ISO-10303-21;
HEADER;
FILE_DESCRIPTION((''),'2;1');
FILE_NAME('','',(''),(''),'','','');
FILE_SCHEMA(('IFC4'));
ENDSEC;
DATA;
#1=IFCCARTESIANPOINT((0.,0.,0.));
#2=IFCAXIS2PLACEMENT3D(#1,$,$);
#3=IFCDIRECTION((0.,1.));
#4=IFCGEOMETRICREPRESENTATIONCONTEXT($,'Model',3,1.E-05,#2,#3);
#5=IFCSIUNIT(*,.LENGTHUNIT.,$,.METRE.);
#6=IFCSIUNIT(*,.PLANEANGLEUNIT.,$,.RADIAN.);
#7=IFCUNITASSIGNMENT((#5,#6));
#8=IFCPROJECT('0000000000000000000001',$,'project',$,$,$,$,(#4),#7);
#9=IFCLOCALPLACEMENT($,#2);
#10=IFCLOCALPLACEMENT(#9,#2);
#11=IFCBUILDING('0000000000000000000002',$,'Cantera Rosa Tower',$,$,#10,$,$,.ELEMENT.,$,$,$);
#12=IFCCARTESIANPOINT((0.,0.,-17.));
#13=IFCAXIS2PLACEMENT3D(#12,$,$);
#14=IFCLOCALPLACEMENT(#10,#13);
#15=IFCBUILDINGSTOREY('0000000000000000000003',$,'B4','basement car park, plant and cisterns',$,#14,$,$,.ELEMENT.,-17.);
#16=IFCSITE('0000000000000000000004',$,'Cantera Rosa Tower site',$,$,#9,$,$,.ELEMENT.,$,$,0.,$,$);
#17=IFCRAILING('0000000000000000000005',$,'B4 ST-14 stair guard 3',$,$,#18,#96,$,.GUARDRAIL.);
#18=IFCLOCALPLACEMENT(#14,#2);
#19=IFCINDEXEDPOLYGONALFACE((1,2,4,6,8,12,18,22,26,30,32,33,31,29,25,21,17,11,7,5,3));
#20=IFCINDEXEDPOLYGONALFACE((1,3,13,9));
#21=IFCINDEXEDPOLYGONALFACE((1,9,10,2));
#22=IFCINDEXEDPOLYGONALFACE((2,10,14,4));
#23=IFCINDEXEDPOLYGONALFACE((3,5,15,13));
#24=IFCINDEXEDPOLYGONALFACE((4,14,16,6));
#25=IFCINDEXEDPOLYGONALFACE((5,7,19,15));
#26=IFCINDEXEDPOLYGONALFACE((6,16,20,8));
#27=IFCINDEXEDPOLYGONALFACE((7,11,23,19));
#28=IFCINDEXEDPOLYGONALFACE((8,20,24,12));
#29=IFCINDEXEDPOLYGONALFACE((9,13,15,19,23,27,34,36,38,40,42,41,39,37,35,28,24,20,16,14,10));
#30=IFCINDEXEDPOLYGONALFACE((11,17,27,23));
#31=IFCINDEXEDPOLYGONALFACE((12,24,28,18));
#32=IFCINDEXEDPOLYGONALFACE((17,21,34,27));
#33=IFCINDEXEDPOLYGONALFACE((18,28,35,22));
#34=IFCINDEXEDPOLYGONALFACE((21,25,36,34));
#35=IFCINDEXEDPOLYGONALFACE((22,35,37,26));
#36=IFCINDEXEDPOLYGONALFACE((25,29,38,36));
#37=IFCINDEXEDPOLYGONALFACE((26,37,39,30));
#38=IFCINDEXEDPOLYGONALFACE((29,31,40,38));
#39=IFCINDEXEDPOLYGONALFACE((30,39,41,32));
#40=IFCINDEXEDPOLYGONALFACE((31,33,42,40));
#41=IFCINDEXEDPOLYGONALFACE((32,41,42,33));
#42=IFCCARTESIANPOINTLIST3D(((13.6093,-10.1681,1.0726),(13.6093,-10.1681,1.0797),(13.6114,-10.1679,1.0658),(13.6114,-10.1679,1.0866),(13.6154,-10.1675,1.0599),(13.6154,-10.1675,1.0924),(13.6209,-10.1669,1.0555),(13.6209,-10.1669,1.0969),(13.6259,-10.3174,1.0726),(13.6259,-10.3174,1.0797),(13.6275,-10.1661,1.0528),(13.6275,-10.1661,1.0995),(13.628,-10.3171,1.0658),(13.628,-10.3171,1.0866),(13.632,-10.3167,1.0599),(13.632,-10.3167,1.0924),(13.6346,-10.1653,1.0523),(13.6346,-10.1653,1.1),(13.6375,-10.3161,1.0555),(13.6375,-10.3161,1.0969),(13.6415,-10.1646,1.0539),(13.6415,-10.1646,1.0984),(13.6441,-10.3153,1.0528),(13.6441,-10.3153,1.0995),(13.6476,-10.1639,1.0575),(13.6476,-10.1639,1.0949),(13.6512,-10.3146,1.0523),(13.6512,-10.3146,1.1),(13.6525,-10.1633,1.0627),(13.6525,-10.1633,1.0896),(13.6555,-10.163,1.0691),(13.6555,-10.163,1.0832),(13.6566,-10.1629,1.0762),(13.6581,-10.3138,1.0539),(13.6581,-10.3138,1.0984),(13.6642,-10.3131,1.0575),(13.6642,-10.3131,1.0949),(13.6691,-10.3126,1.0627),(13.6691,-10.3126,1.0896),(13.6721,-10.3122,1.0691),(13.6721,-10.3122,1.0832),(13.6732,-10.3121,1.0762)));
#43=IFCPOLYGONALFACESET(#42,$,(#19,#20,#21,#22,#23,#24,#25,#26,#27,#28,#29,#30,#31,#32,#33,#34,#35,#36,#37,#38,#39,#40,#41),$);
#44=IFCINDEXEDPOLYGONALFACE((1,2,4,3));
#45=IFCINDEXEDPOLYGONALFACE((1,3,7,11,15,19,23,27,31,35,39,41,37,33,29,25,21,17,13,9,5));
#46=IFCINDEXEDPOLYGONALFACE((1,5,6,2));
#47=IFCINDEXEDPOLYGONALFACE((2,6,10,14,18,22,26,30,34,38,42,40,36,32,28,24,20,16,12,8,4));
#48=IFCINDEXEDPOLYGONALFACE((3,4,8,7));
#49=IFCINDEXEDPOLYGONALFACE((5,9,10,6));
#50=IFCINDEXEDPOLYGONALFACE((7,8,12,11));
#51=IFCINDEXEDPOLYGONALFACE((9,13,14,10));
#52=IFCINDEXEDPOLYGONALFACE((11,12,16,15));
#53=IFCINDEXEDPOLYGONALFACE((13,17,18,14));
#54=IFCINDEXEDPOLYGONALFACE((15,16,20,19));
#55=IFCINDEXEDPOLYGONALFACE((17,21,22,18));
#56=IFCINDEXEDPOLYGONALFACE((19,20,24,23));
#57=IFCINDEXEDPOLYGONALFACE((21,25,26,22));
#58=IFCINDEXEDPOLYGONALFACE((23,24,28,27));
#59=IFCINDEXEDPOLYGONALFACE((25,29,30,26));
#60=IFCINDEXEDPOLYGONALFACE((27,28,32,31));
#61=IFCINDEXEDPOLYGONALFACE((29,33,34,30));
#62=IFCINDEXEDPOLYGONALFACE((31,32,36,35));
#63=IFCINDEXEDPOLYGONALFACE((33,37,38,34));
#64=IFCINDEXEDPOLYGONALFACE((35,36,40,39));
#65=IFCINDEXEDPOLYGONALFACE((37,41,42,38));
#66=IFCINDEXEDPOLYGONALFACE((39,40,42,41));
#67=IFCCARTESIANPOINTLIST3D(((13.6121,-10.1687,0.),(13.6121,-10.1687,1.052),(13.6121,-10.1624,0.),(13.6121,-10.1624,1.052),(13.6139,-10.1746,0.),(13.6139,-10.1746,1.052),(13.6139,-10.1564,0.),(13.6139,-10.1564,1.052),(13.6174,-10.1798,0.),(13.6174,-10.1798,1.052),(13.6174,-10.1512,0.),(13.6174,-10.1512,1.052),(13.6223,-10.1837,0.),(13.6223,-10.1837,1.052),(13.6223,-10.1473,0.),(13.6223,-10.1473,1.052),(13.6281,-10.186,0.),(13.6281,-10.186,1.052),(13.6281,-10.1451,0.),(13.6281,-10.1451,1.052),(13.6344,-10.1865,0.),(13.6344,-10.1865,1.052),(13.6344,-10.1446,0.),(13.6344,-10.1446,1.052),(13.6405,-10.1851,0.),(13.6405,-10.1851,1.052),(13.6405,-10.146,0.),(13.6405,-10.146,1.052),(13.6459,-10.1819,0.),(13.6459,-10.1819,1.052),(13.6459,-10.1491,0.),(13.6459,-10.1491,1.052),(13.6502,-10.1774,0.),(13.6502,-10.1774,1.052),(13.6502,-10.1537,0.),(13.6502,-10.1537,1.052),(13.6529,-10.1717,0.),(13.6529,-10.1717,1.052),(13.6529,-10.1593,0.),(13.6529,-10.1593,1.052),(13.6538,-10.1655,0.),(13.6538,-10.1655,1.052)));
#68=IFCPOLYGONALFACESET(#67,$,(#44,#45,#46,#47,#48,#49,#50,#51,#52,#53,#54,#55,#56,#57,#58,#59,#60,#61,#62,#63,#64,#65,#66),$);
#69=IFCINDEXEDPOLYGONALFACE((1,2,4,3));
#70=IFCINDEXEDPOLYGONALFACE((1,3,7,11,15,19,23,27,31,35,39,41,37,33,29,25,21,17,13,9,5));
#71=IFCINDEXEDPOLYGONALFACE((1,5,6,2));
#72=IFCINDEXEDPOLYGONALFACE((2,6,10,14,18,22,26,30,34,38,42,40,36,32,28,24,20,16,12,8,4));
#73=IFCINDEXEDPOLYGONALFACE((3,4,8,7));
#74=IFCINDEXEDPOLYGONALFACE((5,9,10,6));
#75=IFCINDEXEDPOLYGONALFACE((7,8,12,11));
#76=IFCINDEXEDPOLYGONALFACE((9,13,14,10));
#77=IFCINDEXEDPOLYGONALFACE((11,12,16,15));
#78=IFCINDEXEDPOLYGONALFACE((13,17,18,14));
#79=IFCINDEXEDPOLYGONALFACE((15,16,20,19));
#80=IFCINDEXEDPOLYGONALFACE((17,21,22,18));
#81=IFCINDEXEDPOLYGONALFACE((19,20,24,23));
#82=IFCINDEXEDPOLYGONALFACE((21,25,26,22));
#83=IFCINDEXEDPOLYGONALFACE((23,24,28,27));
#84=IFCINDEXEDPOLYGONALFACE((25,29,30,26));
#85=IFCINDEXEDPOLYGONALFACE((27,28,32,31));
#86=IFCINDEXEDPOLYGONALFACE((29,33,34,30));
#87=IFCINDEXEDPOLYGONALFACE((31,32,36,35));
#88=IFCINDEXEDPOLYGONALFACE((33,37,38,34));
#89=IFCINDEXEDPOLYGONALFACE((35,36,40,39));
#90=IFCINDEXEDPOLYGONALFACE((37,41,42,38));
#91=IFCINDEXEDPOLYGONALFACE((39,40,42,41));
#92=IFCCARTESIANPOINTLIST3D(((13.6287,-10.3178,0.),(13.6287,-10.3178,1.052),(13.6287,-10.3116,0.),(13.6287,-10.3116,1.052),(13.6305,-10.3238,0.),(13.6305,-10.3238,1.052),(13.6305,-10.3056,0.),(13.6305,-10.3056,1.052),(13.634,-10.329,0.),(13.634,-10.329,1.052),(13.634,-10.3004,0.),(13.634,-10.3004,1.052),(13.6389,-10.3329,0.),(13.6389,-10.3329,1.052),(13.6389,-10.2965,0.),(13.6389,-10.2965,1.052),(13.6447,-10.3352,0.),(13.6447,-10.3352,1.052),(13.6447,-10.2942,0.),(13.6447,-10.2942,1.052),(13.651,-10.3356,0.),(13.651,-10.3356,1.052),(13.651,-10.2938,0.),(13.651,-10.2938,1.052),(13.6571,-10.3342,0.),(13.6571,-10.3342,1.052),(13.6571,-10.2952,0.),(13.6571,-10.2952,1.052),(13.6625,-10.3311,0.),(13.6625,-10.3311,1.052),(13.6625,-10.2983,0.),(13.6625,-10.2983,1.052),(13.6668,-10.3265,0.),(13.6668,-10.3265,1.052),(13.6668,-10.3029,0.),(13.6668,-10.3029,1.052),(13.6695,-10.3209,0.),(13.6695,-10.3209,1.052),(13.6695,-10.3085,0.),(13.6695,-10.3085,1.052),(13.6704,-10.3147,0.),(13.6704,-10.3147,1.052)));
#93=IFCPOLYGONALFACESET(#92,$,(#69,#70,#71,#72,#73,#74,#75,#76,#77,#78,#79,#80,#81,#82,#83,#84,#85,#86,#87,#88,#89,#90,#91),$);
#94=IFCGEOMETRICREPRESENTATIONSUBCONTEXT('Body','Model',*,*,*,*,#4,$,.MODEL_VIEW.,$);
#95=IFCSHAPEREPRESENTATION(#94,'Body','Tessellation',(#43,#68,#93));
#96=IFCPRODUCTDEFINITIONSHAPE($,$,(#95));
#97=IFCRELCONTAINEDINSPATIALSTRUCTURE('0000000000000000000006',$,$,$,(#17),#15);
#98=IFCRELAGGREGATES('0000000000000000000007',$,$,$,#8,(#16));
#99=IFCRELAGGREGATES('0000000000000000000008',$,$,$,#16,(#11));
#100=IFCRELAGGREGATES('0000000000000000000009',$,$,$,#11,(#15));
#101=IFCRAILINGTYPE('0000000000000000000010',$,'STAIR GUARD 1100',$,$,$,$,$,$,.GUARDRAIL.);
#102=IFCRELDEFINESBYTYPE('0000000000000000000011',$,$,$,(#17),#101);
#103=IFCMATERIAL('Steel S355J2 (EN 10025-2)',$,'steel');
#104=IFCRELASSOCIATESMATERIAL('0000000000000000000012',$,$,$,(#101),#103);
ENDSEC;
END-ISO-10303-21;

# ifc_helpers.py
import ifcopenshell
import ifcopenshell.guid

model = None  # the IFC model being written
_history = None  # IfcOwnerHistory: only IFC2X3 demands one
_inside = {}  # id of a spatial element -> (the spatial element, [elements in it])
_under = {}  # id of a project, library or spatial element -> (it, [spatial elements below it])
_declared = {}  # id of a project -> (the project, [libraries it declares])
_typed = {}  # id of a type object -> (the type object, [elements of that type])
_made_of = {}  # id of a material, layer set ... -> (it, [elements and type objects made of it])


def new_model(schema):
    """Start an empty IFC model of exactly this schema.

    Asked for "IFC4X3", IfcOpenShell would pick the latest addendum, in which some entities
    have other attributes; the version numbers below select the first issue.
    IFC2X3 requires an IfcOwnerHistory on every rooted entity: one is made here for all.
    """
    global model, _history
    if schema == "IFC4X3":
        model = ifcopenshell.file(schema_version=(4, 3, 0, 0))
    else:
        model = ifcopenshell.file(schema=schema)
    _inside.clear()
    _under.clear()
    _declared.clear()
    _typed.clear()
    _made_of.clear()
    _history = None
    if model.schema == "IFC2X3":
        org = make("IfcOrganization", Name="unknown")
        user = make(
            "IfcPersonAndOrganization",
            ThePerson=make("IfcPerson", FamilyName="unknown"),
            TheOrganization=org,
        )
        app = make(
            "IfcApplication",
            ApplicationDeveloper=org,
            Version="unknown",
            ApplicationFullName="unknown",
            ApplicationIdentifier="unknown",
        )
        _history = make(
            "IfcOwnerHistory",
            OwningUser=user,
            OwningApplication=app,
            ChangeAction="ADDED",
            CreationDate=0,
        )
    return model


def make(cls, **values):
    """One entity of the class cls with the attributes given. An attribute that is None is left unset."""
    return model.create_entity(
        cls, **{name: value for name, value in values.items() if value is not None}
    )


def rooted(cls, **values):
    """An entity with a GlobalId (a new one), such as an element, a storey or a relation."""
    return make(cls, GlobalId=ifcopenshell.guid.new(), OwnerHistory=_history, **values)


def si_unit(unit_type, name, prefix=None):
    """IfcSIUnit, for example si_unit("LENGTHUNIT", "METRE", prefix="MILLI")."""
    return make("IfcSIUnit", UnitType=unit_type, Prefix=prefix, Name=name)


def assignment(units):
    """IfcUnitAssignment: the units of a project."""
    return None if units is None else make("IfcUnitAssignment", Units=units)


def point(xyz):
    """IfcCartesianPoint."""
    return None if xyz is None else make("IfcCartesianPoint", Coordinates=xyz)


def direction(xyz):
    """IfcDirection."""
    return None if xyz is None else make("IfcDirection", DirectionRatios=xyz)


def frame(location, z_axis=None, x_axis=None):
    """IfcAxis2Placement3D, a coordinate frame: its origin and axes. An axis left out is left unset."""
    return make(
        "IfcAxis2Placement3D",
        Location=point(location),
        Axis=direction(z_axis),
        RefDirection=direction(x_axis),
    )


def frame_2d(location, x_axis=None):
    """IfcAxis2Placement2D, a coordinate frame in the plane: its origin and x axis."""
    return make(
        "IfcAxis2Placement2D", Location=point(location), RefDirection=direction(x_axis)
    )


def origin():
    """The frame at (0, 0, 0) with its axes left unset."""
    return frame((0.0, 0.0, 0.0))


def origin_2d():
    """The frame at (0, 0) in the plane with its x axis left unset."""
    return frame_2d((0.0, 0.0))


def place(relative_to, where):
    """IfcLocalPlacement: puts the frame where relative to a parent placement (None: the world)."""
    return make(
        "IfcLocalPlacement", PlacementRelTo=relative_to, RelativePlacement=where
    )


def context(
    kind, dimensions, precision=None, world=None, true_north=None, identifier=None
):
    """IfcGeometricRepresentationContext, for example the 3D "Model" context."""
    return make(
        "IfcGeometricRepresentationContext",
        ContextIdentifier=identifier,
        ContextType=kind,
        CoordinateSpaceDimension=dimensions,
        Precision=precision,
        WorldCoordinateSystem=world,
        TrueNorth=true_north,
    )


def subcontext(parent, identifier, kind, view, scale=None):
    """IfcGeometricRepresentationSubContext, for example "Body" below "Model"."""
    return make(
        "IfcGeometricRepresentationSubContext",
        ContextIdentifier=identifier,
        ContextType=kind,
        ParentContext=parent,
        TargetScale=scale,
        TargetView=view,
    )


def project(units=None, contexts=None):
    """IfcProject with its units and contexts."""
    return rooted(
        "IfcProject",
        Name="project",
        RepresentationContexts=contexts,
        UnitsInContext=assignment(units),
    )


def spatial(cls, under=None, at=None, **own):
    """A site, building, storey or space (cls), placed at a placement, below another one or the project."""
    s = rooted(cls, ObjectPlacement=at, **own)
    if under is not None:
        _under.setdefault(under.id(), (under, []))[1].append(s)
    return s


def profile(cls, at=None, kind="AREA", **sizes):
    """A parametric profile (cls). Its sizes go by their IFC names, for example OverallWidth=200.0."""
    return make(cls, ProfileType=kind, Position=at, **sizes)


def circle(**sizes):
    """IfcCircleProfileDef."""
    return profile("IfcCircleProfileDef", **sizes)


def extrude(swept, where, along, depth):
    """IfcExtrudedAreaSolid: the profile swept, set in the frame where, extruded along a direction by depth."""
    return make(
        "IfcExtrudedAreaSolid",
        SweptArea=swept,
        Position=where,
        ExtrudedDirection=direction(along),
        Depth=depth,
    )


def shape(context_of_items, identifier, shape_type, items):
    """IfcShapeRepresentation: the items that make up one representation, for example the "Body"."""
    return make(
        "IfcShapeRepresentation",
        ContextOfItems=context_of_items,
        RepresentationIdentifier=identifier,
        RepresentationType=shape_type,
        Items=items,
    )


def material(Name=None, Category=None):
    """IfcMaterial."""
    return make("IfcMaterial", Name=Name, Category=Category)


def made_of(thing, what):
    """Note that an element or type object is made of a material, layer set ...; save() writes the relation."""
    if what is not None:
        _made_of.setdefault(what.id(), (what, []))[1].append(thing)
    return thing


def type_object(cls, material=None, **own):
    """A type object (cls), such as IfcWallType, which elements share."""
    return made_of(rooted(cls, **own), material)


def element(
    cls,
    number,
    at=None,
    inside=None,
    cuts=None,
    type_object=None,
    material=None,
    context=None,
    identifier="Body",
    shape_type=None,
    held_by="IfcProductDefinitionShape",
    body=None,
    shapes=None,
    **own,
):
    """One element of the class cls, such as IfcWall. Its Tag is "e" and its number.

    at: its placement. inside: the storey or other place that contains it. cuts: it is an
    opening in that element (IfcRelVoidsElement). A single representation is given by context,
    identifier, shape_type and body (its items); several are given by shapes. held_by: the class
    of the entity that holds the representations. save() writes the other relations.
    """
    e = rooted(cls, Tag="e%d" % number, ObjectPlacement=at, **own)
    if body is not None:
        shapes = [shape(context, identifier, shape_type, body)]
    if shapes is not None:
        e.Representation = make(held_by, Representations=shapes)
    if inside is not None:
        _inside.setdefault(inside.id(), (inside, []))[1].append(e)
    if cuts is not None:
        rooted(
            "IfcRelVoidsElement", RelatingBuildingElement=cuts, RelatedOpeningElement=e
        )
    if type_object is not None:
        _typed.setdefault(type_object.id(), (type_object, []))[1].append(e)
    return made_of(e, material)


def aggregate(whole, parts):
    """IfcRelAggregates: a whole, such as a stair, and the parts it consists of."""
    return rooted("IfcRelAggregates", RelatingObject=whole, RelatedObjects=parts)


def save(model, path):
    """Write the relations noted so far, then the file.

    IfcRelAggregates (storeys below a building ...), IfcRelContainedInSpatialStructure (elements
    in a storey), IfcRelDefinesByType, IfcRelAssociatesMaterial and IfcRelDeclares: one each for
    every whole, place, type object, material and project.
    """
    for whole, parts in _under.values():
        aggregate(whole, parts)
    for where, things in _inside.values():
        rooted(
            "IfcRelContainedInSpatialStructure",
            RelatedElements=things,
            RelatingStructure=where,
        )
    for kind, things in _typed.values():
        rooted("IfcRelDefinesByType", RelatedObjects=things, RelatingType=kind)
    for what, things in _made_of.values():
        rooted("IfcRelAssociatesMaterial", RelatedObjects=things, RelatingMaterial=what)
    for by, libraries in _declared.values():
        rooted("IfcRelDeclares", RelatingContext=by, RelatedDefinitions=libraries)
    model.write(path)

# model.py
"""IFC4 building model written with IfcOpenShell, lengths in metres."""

from ifc_helpers import new_model, si_unit, direction, frame, origin, origin_2d, place, context, subcontext, project, spatial, circle, extrude, material, type_object, element, save


model = new_model("IFC4")

# Units and contexts
model_context = context("Model", 3, precision=1e-05, world=origin(), true_north=direction((0.0, 1.0)))
body_context = subcontext(model_context, "Body", "Model", "MODEL_VIEW")
ifc_project = project(units=[si_unit("LENGTHUNIT", "METRE"), si_unit("PLANEANGLEUNIT", "RADIAN")], contexts=[model_context])

# Site, building, storey
site_placement = place(None, origin())
site = spatial("IfcSite", under=ifc_project, at=site_placement, Name="Cantera Rosa Tower site", CompositionType="ELEMENT", RefElevation=0.0)
building_placement = place(site_placement, origin())
building = spatial("IfcBuilding", under=site, at=building_placement, Name="Cantera Rosa Tower", CompositionType="ELEMENT")
storey_placement = place(building_placement, frame((0.0, 0.0, -17.0)))
storey = spatial("IfcBuildingStorey", under=building, at=storey_placement, Name="B4", Description="basement car park, plant and cisterns", CompositionType="ELEMENT", Elevation=-17.0)

# Railing
ifc_material_1 = material(Name="Steel S355J2 (EN 10025-2)", Category="steel")
railing_type_1 = type_object("IfcRailingType", Name="STAIR GUARD 1100", PredefinedType="GUARDRAIL", material=ifc_material_1)
railing_1_placement = place(storey_placement, frame((13.6328, -10.1655, 0.0)))
element("IfcRailing", 1, at=railing_1_placement, inside=storey, type_object=railing_type_1, Name="B4 ST-14 stair guard 3", PredefinedType="GUARDRAIL", context=body_context, shape_type="SweptSolid", body=[
    extrude(circle(Radius=0.0239, at=origin_2d()), frame((0.0, 0.0, 1.0762), z_axis=(0.11061, -0.993864, 0.0), x_axis=(0.993864, 0.11061, 0.0)), (0.0, 0.0, 1.0), 0.1501),
    extrude(circle(Radius=0.021, at=origin_2d()), origin(), (0.0, 0.0, 1.0), 1.052),
    extrude(circle(Radius=0.021, at=origin_2d()), frame((0.0166, -0.1492, 0.0)), (0.0, 0.0, 1.0), 1.052),
])

save(model, "model.ifc")
